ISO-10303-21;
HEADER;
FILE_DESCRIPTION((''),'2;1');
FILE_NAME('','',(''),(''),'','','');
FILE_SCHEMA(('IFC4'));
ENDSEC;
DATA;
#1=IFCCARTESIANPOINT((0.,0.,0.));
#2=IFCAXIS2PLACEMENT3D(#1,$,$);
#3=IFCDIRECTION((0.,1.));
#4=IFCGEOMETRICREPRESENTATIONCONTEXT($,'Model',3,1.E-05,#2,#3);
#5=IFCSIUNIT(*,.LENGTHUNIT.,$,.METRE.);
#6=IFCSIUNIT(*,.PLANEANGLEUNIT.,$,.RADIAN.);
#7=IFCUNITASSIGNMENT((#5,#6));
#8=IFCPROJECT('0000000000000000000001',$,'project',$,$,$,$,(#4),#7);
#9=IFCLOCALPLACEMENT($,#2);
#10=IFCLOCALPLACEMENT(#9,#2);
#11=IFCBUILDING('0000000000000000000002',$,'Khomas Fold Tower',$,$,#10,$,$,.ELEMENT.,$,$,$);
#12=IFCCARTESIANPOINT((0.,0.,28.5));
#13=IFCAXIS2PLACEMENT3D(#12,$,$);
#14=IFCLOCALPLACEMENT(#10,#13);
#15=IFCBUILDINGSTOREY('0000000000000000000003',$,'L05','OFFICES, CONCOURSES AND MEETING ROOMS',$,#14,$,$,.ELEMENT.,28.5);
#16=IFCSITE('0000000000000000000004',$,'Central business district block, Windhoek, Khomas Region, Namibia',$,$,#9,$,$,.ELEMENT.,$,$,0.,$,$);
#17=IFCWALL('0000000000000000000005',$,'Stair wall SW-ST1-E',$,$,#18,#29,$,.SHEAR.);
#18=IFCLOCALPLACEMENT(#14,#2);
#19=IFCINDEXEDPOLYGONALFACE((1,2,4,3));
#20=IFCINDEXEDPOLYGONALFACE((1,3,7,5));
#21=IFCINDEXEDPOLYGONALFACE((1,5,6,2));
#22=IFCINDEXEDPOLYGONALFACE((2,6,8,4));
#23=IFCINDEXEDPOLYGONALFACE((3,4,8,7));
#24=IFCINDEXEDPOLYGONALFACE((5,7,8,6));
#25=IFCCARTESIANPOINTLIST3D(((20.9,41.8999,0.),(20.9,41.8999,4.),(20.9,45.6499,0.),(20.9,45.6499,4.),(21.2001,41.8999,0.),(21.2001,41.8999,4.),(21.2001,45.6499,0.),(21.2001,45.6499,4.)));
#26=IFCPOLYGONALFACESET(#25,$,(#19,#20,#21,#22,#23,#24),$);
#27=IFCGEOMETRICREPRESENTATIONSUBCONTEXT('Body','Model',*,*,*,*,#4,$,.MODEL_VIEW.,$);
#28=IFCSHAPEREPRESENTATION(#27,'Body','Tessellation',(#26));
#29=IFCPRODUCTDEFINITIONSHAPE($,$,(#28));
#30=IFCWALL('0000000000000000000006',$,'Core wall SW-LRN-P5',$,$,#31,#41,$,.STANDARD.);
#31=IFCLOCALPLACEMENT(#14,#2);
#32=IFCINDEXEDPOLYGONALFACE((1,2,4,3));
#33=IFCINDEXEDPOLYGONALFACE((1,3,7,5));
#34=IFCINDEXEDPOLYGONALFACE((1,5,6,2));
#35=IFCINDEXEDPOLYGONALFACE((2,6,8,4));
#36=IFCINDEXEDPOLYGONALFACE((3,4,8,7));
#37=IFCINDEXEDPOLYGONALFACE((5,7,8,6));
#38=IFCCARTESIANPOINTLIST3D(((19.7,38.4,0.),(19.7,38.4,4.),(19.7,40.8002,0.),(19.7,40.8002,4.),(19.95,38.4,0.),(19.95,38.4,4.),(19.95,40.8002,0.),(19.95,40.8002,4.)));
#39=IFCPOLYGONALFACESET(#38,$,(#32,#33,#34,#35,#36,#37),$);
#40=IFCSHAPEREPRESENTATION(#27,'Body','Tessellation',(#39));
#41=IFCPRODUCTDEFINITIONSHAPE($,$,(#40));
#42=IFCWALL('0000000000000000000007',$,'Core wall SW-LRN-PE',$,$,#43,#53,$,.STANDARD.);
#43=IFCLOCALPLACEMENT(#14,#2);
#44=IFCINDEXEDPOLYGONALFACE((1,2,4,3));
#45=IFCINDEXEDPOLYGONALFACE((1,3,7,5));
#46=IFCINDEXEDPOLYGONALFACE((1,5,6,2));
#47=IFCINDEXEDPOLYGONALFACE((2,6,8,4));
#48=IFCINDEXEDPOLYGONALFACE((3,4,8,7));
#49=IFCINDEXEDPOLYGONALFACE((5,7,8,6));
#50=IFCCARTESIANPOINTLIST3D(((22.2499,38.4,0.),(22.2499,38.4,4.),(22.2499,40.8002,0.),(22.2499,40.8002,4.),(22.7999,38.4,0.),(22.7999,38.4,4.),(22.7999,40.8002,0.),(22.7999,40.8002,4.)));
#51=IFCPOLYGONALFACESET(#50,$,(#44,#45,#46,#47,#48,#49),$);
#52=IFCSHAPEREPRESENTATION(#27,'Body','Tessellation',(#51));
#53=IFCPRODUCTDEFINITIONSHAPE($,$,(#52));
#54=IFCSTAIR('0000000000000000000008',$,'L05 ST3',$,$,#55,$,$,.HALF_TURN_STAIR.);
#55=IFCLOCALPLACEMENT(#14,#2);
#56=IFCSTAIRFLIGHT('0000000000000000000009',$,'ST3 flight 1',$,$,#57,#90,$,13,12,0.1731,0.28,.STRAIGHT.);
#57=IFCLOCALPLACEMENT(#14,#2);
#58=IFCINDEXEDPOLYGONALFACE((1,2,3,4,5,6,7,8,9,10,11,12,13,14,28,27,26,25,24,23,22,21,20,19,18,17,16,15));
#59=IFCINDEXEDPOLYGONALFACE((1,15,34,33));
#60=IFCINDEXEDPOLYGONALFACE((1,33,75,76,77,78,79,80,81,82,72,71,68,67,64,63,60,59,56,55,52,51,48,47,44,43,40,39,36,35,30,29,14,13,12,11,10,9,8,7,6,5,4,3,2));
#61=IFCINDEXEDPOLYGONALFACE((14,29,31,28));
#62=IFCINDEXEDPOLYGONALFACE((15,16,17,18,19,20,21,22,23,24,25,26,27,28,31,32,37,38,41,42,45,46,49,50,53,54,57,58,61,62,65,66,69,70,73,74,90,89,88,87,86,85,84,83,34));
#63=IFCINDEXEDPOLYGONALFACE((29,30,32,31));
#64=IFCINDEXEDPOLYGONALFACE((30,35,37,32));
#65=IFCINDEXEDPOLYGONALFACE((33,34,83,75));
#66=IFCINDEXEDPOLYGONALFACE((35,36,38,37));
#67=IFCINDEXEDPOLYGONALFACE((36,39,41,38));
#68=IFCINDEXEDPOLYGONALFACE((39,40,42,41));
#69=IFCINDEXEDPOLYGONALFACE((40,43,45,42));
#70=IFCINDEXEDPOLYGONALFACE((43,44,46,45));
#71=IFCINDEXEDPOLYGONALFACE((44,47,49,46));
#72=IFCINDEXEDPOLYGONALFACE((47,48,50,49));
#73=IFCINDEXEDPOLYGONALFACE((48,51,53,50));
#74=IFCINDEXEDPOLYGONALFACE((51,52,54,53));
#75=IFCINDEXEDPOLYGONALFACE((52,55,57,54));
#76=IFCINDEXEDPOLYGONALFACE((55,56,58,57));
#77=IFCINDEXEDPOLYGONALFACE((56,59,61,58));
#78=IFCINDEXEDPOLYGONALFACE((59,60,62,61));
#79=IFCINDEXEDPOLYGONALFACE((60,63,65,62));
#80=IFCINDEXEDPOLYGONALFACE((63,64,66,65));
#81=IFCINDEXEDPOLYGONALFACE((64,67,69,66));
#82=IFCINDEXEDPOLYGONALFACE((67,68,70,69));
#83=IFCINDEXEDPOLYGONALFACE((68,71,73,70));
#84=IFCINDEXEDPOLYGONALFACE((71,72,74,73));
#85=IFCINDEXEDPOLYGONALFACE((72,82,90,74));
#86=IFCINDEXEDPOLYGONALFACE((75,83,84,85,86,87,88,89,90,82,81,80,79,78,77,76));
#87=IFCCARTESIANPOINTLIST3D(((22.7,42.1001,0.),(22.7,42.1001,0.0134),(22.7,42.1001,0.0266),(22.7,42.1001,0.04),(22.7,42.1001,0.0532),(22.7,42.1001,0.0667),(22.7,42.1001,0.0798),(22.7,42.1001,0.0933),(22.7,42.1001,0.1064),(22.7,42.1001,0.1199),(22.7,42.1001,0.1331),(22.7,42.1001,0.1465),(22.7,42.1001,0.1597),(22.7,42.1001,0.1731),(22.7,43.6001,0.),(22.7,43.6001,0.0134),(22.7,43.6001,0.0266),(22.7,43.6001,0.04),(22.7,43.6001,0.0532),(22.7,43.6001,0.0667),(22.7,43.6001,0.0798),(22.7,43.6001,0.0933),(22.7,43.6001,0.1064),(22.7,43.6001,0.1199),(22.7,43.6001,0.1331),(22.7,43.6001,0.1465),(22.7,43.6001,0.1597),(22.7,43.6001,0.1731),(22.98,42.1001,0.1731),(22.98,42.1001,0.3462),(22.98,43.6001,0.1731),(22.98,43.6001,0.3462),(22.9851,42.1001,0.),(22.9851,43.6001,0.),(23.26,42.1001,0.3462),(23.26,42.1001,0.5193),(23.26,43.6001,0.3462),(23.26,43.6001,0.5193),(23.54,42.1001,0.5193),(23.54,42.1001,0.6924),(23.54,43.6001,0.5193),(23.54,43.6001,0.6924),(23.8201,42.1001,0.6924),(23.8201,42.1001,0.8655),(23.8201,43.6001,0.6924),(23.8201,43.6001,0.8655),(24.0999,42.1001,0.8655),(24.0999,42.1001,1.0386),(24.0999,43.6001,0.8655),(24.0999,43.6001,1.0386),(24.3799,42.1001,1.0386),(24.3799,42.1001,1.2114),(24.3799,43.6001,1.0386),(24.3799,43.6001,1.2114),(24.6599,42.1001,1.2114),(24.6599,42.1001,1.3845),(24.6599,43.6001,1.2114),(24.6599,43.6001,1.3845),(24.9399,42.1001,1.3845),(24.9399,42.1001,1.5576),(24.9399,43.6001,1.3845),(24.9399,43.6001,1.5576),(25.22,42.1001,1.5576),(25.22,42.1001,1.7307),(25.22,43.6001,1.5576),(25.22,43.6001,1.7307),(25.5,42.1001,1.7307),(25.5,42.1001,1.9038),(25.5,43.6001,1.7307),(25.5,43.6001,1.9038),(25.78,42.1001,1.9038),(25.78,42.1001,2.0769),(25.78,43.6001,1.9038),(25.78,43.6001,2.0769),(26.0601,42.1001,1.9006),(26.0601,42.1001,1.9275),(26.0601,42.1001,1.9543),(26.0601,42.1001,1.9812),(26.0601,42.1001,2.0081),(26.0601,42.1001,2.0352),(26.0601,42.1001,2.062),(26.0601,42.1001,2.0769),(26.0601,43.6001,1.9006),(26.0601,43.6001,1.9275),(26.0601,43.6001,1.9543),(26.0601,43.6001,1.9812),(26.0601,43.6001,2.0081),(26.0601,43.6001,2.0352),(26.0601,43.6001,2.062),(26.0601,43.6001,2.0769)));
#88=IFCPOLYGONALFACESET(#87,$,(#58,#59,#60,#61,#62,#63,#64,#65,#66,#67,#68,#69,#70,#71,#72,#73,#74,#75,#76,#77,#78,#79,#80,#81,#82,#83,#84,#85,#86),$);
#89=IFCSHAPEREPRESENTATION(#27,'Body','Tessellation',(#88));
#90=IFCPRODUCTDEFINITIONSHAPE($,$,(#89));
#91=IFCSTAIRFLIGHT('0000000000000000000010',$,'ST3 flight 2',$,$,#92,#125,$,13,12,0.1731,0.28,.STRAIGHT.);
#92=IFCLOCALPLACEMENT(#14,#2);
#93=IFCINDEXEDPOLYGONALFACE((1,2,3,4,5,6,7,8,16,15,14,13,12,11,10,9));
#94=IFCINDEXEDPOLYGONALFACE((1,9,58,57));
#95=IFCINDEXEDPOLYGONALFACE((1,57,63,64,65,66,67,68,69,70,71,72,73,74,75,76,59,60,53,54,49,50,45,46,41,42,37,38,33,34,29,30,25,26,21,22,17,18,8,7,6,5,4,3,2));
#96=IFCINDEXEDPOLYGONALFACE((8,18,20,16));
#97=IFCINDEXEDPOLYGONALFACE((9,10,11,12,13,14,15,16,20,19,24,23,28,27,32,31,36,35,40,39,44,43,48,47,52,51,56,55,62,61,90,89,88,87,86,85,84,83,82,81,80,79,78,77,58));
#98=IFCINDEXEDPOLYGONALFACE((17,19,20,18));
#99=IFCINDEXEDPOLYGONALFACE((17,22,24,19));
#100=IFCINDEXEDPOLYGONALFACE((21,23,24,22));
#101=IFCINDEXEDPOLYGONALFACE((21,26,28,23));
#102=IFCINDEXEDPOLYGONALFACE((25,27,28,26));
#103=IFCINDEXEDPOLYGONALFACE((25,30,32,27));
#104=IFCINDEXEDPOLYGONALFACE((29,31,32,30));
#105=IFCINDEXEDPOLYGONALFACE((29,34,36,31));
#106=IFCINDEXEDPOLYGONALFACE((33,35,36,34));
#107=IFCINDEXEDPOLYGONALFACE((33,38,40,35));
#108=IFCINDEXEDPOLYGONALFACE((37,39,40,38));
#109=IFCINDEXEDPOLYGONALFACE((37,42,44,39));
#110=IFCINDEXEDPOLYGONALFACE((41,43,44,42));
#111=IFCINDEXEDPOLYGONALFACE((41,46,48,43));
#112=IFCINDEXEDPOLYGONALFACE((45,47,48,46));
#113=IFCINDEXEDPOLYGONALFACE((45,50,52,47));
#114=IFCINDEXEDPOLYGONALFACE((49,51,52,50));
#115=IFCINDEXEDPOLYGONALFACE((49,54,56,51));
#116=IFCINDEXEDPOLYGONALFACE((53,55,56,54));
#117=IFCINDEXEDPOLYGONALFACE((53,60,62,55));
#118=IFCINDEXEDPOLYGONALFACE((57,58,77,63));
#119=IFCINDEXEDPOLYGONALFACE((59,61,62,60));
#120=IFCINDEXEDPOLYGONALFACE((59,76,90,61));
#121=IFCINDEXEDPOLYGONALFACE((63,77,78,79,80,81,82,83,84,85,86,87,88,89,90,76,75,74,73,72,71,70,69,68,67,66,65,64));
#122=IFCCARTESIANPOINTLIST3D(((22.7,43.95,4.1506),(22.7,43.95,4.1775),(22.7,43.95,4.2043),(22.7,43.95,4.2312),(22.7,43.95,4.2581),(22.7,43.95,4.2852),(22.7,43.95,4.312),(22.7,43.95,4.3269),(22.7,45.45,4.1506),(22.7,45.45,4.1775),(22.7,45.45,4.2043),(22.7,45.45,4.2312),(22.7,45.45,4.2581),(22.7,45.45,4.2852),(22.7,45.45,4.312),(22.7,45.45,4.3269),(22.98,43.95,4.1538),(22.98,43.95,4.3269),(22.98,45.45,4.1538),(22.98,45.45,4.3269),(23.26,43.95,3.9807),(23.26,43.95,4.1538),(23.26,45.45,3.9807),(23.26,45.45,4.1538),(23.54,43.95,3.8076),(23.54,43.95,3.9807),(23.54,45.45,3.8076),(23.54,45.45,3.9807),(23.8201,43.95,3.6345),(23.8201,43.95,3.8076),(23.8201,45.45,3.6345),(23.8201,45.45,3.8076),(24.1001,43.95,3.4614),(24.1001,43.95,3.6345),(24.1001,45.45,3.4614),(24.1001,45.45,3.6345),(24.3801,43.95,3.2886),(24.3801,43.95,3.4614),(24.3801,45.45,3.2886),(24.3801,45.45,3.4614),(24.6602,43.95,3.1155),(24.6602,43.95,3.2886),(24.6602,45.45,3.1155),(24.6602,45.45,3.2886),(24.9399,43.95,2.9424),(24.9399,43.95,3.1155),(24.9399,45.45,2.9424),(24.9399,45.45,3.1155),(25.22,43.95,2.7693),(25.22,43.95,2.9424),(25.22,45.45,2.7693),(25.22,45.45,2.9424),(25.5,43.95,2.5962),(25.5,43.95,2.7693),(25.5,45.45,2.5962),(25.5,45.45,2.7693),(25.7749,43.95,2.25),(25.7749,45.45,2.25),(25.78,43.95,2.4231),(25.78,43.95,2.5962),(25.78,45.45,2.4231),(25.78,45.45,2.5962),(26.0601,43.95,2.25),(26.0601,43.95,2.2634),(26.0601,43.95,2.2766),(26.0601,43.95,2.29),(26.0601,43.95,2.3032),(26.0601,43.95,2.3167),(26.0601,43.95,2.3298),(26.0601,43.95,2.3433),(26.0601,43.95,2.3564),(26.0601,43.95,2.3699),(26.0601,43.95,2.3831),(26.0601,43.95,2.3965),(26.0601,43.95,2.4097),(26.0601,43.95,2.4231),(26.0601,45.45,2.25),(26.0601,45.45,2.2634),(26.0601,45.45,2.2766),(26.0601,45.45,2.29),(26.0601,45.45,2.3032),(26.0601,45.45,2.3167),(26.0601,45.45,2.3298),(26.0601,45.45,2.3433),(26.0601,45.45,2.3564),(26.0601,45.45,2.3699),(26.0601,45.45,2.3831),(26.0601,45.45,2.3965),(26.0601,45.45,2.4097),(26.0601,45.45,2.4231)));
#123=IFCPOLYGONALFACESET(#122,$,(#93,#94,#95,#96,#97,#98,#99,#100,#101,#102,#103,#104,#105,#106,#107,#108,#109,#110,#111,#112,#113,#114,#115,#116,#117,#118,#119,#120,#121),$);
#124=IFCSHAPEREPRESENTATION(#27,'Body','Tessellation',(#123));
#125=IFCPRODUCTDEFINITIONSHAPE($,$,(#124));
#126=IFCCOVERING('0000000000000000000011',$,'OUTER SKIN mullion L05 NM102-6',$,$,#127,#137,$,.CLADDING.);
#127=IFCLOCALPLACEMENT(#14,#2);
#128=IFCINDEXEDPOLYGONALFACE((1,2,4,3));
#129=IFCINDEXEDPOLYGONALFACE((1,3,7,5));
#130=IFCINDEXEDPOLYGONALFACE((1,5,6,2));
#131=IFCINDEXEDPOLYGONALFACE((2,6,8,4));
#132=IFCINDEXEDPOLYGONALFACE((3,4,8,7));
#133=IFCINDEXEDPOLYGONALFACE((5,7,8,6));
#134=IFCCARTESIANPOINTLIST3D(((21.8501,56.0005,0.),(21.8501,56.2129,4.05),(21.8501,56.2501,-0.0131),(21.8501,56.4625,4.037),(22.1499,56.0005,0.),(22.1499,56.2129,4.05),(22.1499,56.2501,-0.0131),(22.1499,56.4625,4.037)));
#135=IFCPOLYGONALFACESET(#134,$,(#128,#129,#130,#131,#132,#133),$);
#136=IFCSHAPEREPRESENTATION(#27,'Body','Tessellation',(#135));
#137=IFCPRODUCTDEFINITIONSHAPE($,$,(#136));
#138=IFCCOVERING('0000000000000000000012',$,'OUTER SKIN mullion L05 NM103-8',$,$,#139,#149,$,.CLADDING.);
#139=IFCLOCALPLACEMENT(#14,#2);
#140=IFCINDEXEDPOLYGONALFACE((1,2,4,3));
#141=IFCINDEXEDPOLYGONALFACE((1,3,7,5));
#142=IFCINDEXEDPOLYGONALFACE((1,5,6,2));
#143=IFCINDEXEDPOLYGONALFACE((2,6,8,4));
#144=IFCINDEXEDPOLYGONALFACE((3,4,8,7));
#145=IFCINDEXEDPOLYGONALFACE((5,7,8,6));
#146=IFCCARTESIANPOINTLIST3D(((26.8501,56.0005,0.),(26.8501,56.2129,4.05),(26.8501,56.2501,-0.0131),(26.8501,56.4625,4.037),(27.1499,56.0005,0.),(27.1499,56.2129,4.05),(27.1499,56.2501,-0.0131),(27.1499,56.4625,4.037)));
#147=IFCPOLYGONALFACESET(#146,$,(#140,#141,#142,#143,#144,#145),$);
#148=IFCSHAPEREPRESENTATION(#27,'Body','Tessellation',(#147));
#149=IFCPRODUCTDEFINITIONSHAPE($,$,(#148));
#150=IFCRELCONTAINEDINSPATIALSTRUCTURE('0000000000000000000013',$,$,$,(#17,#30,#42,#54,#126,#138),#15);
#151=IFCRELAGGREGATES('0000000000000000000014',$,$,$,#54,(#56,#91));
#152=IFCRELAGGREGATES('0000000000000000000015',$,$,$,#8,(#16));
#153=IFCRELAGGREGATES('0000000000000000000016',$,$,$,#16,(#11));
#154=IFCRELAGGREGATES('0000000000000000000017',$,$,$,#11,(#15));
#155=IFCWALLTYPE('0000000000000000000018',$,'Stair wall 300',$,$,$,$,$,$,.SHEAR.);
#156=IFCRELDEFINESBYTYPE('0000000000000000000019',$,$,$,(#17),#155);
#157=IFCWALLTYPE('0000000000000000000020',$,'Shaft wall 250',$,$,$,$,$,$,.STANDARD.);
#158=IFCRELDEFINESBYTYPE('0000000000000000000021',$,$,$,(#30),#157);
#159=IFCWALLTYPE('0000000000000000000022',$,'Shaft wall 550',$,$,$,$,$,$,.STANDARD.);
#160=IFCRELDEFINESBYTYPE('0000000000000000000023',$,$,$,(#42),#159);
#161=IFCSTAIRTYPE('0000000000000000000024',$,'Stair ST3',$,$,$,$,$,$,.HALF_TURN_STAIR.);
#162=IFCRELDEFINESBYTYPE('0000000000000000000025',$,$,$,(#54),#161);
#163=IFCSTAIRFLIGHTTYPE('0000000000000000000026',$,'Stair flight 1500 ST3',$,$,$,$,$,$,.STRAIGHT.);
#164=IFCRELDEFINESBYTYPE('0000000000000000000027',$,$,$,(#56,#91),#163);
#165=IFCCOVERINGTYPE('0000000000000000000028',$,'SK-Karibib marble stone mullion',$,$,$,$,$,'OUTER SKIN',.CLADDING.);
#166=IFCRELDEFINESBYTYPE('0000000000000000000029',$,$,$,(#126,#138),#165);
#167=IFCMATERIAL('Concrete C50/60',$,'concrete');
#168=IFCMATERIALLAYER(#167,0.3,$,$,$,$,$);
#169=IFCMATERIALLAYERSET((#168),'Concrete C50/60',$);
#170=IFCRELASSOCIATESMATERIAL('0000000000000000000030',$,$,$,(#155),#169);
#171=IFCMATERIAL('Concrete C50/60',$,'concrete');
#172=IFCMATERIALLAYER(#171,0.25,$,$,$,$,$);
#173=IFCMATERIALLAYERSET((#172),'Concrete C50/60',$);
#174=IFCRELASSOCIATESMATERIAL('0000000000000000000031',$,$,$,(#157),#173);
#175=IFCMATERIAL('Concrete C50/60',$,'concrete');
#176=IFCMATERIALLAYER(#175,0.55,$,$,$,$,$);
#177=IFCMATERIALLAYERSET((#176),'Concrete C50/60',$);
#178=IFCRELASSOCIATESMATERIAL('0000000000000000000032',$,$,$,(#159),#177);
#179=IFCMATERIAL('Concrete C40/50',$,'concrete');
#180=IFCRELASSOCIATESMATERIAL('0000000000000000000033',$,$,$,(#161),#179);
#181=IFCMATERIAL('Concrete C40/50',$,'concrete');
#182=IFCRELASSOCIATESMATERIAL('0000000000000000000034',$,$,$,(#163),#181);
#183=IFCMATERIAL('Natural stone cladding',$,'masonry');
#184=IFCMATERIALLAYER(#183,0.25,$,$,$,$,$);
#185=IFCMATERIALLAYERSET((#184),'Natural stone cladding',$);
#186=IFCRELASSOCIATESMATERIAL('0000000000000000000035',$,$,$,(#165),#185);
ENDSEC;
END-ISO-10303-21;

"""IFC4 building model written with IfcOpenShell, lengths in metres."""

from ifc_helpers import new_model, si_unit, direction, frame, frame_2d, origin, place, context, subcontext, project, spatial, polyline, rectangle, outline, extrude, source, transform, mapped, material, layer, layer_set, type_object, element, aggregate, save


model = new_model("IFC4")

# Units and contexts
model_context = context("Model", 3, precision=1e-05, world=origin(), true_north=direction((0.0, 1.0)))
body_context = subcontext(model_context, "Body", "Model", "MODEL_VIEW")
ifc_project = project(units=[si_unit("LENGTHUNIT", "METRE"), si_unit("PLANEANGLEUNIT", "RADIAN")], contexts=[model_context])

# Site, building, storey
site_placement = place(None, origin())
site = spatial("IfcSite", under=ifc_project, at=site_placement, Name="Central business district block, Windhoek, Khomas Region, Namibia", CompositionType="ELEMENT", RefElevation=0.0)
building_placement = place(site_placement, origin())
building = spatial("IfcBuilding", under=site, at=building_placement, Name="Khomas Fold Tower", CompositionType="ELEMENT")
storey_placement = place(building_placement, frame((0.0, 0.0, 28.5)))
storey = spatial("IfcBuildingStorey", under=building, at=storey_placement, Name="L05", Description="OFFICES, CONCOURSES AND MEETING ROOMS", CompositionType="ELEMENT", Elevation=28.5)

# Walls
ifc_material_1 = material(Name="Concrete C50/60", Category="concrete")
ifc_layer_1 = layer(ifc_material_1, 0.3)
ifc_layer_set_1 = layer_set([ifc_layer_1], Name="Concrete C50/60")
wall_type_1 = type_object("IfcWallType", Name="Stair wall 300", PredefinedType="SHEAR", material=ifc_layer_set_1)
shared_shape_1 = source(origin(), body_context, "Body", "SweptSolid", [
    extrude(rectangle(XDim=3.75, YDim=0.3, at=frame_2d((1.875, 0.0))), origin(), (0.0, 0.0, 1.0), 4.0),
])
wall_1_placement = place(storey_placement, frame((21.05, 41.8999, 0.0), z_axis=(0.0, 0.0, 1.0), x_axis=(0.0, 1.0, 0.0)))
element("IfcWall", 1, at=wall_1_placement, inside=storey, type_object=wall_type_1, Name="Stair wall SW-ST1-E", PredefinedType="SHEAR", context=body_context, shape_type="MappedRepresentation", body=[
    mapped(shared_shape_1, transform((0.0, 0.0, 0.0))),
])
ifc_material_2 = material(Name="Concrete C50/60", Category="concrete")
ifc_layer_2 = layer(ifc_material_2, 0.25)
ifc_layer_set_2 = layer_set([ifc_layer_2], Name="Concrete C50/60")
wall_type_2 = type_object("IfcWallType", Name="Shaft wall 250", PredefinedType="STANDARD", material=ifc_layer_set_2)
shared_shape_2 = source(origin(), body_context, "Body", "SweptSolid", [
    extrude(rectangle(XDim=2.4001, YDim=0.25, at=frame_2d((1.2002, 0.0))), origin(), (0.0, 0.0, 1.0), 4.0),
])
wall_2_placement = place(storey_placement, frame((19.825, 38.3999, 0.0), z_axis=(0.0, 0.0, 1.0), x_axis=(0.0, 1.0, 0.0)))
element("IfcWall", 2, at=wall_2_placement, inside=storey, type_object=wall_type_2, Name="Core wall SW-LRN-P5", PredefinedType="STANDARD", context=body_context, shape_type="MappedRepresentation", body=[
    mapped(shared_shape_2, transform((0.0, 0.0, 0.0))),
])
ifc_material_3 = material(Name="Concrete C50/60", Category="concrete")
ifc_layer_3 = layer(ifc_material_3, 0.55)
ifc_layer_set_3 = layer_set([ifc_layer_3], Name="Concrete C50/60")
wall_type_3 = type_object("IfcWallType", Name="Shaft wall 550", PredefinedType="STANDARD", material=ifc_layer_set_3)
shared_shape_3 = source(origin(), body_context, "Body", "SweptSolid", [
    extrude(rectangle(XDim=2.4001, YDim=0.55, at=frame_2d((1.2002, 0.0))), origin(), (0.0, 0.0, 1.0), 4.0),
])
wall_3_placement = place(storey_placement, frame((22.5249, 38.3999, 0.0), z_axis=(0.0, 0.0, 1.0), x_axis=(0.0, 1.0, 0.0)))
element("IfcWall", 3, at=wall_3_placement, inside=storey, type_object=wall_type_3, Name="Core wall SW-LRN-PE", PredefinedType="STANDARD", context=body_context, shape_type="MappedRepresentation", body=[
    mapped(shared_shape_3, transform((0.0, 0.0, 0.0))),
])

# Stair, stair flights
ifc_material_4 = material(Name="Concrete C40/50", Category="concrete")
stair_type = type_object("IfcStairType", Name="Stair ST3", PredefinedType="HALF_TURN_STAIR", material=ifc_material_4)
stair_placement = place(storey_placement, origin())
stair = element("IfcStair", 4, at=stair_placement, inside=storey, type_object=stair_type, Name="L05 ST3", PredefinedType="HALF_TURN_STAIR")
ifc_material_5 = material(Name="Concrete C40/50", Category="concrete")
stair_flight_type = type_object("IfcStairFlightType", Name="Stair flight 1500 ST3", PredefinedType="STRAIGHT", material=ifc_material_5)
shared_shape_4 = source(origin(), body_context, "Body", "SweptSolid", [
    extrude(outline(polyline([(0.0, 0.0), (0.0, 0.0134), (0.0, 0.0266), (0.0, 0.04), (0.0, 0.0532), (0.0, 0.0667), (0.0, 0.0798), (0.0, 0.0933), (0.0, 0.1064), (0.0, 0.1199), (0.0, 0.1331), (0.0, 0.1465), (0.0, 0.1597), (0.0, 0.1731), (0.28, 0.1731), (0.28, 0.3462), (0.5601, 0.3462), (0.5601, 0.5193), (0.8401, 0.5193), (0.8401, 0.6924), (1.1201, 0.6924), (1.1201, 0.8655), (1.3999, 0.8655), (1.3999, 1.0386), (1.6799, 1.0386), (1.6799, 1.2114), (1.96, 1.2114), (1.96, 1.3845), (2.24, 1.3845), (2.24, 1.5576), (2.52, 1.5576), (2.52, 1.7307), (2.8, 1.7307), (2.8, 1.9038), (3.0801, 1.9038), (3.0801, 2.0769), (3.3601, 2.0769), (3.3601, 2.25), (3.3601, 2.2231), (3.3601, 2.1963), (3.3601, 2.1694), (3.3601, 2.1426), (3.3601, 2.1157), (3.3601, 2.0889), (3.3601, 2.062), (3.3601, 2.0352), (3.3601, 2.0081), (3.3601, 1.9812), (3.3601, 1.9543), (3.3601, 1.9275), (3.3601, 1.9006), (0.2852, 0.0), (0.0, 0.0)])), frame((0.0, 0.75, 0.0), z_axis=(0.0, -1.0, 0.0), x_axis=(1.0, 0.0, 0.0)), (0.0, 0.0, 1.0), 1.5),
])
stair_flight_1_placement = place(storey_placement, frame((22.7, 42.8501, 0.0), z_axis=(0.0, 0.0, 1.0), x_axis=(1.0, 0.0, 0.0)))
stair_flight_1 = element("IfcStairFlight", 5, at=stair_flight_1_placement, type_object=stair_flight_type, Name="ST3 flight 1", NumberOfRisers=13, NumberOfTreads=12, PredefinedType="STRAIGHT", RiserHeight=0.1731, TreadLength=0.28, context=body_context, shape_type="MappedRepresentation", body=[
    mapped(shared_shape_4, transform((0.0, 0.0, 0.0))),
])
stair_flight_2_placement = place(storey_placement, frame((26.0601, 44.7, 2.25), z_axis=(0.0, 0.0, 1.0), x_axis=(-1.0, 0.0, 0.0)))
stair_flight_2 = element("IfcStairFlight", 6, at=stair_flight_2_placement, type_object=stair_flight_type, Name="ST3 flight 2", NumberOfRisers=13, NumberOfTreads=12, PredefinedType="STRAIGHT", RiserHeight=0.1731, TreadLength=0.28, context=body_context, shape_type="MappedRepresentation", body=[
    mapped(shared_shape_4, transform((0.0, 0.0, 0.0))),
])
aggregate(stair, [stair_flight_1, stair_flight_2])

# Coverings
ifc_material_6 = material(Name="Natural stone cladding", Category="masonry")
ifc_layer_4 = layer(ifc_material_6, 0.25)
ifc_layer_set_4 = layer_set([ifc_layer_4], Name="Natural stone cladding")
covering_type = type_object("IfcCoveringType", Name="SK-Karibib marble stone mullion", ElementType="OUTER SKIN", PredefinedType="CLADDING", material=ifc_layer_set_4)
for number, where, z_axis, x_axis, name in (
    (7, (22.1499, 56.2129, 4.05), (0.0, -0.998628, 0.052372), (0.0, -0.052372, -0.998628), "OUTER SKIN mullion L05 NM102-6"),
    (8, (27.1499, 56.2129, 4.05), (0.0, -0.998628, 0.052372), (0.0, -0.052372, -0.998628), "OUTER SKIN mullion L05 NM103-8"),
):
    element("IfcCovering", number, at=place(storey_placement, frame(where, z_axis=z_axis, x_axis=x_axis)), inside=storey, type_object=covering_type, Name=name, PredefinedType="CLADDING", context=body_context, shape_type="SweptSolid", body=[
        extrude(outline(polyline([(0.0, 0.0), (4.0556, 0.0), (4.0556, -0.2998), (0.0, -0.2998), (0.0, 0.0)])), origin(), (0.0, 0.0, -1.0), 0.25),
    ])

save(model, "model.ifc")
